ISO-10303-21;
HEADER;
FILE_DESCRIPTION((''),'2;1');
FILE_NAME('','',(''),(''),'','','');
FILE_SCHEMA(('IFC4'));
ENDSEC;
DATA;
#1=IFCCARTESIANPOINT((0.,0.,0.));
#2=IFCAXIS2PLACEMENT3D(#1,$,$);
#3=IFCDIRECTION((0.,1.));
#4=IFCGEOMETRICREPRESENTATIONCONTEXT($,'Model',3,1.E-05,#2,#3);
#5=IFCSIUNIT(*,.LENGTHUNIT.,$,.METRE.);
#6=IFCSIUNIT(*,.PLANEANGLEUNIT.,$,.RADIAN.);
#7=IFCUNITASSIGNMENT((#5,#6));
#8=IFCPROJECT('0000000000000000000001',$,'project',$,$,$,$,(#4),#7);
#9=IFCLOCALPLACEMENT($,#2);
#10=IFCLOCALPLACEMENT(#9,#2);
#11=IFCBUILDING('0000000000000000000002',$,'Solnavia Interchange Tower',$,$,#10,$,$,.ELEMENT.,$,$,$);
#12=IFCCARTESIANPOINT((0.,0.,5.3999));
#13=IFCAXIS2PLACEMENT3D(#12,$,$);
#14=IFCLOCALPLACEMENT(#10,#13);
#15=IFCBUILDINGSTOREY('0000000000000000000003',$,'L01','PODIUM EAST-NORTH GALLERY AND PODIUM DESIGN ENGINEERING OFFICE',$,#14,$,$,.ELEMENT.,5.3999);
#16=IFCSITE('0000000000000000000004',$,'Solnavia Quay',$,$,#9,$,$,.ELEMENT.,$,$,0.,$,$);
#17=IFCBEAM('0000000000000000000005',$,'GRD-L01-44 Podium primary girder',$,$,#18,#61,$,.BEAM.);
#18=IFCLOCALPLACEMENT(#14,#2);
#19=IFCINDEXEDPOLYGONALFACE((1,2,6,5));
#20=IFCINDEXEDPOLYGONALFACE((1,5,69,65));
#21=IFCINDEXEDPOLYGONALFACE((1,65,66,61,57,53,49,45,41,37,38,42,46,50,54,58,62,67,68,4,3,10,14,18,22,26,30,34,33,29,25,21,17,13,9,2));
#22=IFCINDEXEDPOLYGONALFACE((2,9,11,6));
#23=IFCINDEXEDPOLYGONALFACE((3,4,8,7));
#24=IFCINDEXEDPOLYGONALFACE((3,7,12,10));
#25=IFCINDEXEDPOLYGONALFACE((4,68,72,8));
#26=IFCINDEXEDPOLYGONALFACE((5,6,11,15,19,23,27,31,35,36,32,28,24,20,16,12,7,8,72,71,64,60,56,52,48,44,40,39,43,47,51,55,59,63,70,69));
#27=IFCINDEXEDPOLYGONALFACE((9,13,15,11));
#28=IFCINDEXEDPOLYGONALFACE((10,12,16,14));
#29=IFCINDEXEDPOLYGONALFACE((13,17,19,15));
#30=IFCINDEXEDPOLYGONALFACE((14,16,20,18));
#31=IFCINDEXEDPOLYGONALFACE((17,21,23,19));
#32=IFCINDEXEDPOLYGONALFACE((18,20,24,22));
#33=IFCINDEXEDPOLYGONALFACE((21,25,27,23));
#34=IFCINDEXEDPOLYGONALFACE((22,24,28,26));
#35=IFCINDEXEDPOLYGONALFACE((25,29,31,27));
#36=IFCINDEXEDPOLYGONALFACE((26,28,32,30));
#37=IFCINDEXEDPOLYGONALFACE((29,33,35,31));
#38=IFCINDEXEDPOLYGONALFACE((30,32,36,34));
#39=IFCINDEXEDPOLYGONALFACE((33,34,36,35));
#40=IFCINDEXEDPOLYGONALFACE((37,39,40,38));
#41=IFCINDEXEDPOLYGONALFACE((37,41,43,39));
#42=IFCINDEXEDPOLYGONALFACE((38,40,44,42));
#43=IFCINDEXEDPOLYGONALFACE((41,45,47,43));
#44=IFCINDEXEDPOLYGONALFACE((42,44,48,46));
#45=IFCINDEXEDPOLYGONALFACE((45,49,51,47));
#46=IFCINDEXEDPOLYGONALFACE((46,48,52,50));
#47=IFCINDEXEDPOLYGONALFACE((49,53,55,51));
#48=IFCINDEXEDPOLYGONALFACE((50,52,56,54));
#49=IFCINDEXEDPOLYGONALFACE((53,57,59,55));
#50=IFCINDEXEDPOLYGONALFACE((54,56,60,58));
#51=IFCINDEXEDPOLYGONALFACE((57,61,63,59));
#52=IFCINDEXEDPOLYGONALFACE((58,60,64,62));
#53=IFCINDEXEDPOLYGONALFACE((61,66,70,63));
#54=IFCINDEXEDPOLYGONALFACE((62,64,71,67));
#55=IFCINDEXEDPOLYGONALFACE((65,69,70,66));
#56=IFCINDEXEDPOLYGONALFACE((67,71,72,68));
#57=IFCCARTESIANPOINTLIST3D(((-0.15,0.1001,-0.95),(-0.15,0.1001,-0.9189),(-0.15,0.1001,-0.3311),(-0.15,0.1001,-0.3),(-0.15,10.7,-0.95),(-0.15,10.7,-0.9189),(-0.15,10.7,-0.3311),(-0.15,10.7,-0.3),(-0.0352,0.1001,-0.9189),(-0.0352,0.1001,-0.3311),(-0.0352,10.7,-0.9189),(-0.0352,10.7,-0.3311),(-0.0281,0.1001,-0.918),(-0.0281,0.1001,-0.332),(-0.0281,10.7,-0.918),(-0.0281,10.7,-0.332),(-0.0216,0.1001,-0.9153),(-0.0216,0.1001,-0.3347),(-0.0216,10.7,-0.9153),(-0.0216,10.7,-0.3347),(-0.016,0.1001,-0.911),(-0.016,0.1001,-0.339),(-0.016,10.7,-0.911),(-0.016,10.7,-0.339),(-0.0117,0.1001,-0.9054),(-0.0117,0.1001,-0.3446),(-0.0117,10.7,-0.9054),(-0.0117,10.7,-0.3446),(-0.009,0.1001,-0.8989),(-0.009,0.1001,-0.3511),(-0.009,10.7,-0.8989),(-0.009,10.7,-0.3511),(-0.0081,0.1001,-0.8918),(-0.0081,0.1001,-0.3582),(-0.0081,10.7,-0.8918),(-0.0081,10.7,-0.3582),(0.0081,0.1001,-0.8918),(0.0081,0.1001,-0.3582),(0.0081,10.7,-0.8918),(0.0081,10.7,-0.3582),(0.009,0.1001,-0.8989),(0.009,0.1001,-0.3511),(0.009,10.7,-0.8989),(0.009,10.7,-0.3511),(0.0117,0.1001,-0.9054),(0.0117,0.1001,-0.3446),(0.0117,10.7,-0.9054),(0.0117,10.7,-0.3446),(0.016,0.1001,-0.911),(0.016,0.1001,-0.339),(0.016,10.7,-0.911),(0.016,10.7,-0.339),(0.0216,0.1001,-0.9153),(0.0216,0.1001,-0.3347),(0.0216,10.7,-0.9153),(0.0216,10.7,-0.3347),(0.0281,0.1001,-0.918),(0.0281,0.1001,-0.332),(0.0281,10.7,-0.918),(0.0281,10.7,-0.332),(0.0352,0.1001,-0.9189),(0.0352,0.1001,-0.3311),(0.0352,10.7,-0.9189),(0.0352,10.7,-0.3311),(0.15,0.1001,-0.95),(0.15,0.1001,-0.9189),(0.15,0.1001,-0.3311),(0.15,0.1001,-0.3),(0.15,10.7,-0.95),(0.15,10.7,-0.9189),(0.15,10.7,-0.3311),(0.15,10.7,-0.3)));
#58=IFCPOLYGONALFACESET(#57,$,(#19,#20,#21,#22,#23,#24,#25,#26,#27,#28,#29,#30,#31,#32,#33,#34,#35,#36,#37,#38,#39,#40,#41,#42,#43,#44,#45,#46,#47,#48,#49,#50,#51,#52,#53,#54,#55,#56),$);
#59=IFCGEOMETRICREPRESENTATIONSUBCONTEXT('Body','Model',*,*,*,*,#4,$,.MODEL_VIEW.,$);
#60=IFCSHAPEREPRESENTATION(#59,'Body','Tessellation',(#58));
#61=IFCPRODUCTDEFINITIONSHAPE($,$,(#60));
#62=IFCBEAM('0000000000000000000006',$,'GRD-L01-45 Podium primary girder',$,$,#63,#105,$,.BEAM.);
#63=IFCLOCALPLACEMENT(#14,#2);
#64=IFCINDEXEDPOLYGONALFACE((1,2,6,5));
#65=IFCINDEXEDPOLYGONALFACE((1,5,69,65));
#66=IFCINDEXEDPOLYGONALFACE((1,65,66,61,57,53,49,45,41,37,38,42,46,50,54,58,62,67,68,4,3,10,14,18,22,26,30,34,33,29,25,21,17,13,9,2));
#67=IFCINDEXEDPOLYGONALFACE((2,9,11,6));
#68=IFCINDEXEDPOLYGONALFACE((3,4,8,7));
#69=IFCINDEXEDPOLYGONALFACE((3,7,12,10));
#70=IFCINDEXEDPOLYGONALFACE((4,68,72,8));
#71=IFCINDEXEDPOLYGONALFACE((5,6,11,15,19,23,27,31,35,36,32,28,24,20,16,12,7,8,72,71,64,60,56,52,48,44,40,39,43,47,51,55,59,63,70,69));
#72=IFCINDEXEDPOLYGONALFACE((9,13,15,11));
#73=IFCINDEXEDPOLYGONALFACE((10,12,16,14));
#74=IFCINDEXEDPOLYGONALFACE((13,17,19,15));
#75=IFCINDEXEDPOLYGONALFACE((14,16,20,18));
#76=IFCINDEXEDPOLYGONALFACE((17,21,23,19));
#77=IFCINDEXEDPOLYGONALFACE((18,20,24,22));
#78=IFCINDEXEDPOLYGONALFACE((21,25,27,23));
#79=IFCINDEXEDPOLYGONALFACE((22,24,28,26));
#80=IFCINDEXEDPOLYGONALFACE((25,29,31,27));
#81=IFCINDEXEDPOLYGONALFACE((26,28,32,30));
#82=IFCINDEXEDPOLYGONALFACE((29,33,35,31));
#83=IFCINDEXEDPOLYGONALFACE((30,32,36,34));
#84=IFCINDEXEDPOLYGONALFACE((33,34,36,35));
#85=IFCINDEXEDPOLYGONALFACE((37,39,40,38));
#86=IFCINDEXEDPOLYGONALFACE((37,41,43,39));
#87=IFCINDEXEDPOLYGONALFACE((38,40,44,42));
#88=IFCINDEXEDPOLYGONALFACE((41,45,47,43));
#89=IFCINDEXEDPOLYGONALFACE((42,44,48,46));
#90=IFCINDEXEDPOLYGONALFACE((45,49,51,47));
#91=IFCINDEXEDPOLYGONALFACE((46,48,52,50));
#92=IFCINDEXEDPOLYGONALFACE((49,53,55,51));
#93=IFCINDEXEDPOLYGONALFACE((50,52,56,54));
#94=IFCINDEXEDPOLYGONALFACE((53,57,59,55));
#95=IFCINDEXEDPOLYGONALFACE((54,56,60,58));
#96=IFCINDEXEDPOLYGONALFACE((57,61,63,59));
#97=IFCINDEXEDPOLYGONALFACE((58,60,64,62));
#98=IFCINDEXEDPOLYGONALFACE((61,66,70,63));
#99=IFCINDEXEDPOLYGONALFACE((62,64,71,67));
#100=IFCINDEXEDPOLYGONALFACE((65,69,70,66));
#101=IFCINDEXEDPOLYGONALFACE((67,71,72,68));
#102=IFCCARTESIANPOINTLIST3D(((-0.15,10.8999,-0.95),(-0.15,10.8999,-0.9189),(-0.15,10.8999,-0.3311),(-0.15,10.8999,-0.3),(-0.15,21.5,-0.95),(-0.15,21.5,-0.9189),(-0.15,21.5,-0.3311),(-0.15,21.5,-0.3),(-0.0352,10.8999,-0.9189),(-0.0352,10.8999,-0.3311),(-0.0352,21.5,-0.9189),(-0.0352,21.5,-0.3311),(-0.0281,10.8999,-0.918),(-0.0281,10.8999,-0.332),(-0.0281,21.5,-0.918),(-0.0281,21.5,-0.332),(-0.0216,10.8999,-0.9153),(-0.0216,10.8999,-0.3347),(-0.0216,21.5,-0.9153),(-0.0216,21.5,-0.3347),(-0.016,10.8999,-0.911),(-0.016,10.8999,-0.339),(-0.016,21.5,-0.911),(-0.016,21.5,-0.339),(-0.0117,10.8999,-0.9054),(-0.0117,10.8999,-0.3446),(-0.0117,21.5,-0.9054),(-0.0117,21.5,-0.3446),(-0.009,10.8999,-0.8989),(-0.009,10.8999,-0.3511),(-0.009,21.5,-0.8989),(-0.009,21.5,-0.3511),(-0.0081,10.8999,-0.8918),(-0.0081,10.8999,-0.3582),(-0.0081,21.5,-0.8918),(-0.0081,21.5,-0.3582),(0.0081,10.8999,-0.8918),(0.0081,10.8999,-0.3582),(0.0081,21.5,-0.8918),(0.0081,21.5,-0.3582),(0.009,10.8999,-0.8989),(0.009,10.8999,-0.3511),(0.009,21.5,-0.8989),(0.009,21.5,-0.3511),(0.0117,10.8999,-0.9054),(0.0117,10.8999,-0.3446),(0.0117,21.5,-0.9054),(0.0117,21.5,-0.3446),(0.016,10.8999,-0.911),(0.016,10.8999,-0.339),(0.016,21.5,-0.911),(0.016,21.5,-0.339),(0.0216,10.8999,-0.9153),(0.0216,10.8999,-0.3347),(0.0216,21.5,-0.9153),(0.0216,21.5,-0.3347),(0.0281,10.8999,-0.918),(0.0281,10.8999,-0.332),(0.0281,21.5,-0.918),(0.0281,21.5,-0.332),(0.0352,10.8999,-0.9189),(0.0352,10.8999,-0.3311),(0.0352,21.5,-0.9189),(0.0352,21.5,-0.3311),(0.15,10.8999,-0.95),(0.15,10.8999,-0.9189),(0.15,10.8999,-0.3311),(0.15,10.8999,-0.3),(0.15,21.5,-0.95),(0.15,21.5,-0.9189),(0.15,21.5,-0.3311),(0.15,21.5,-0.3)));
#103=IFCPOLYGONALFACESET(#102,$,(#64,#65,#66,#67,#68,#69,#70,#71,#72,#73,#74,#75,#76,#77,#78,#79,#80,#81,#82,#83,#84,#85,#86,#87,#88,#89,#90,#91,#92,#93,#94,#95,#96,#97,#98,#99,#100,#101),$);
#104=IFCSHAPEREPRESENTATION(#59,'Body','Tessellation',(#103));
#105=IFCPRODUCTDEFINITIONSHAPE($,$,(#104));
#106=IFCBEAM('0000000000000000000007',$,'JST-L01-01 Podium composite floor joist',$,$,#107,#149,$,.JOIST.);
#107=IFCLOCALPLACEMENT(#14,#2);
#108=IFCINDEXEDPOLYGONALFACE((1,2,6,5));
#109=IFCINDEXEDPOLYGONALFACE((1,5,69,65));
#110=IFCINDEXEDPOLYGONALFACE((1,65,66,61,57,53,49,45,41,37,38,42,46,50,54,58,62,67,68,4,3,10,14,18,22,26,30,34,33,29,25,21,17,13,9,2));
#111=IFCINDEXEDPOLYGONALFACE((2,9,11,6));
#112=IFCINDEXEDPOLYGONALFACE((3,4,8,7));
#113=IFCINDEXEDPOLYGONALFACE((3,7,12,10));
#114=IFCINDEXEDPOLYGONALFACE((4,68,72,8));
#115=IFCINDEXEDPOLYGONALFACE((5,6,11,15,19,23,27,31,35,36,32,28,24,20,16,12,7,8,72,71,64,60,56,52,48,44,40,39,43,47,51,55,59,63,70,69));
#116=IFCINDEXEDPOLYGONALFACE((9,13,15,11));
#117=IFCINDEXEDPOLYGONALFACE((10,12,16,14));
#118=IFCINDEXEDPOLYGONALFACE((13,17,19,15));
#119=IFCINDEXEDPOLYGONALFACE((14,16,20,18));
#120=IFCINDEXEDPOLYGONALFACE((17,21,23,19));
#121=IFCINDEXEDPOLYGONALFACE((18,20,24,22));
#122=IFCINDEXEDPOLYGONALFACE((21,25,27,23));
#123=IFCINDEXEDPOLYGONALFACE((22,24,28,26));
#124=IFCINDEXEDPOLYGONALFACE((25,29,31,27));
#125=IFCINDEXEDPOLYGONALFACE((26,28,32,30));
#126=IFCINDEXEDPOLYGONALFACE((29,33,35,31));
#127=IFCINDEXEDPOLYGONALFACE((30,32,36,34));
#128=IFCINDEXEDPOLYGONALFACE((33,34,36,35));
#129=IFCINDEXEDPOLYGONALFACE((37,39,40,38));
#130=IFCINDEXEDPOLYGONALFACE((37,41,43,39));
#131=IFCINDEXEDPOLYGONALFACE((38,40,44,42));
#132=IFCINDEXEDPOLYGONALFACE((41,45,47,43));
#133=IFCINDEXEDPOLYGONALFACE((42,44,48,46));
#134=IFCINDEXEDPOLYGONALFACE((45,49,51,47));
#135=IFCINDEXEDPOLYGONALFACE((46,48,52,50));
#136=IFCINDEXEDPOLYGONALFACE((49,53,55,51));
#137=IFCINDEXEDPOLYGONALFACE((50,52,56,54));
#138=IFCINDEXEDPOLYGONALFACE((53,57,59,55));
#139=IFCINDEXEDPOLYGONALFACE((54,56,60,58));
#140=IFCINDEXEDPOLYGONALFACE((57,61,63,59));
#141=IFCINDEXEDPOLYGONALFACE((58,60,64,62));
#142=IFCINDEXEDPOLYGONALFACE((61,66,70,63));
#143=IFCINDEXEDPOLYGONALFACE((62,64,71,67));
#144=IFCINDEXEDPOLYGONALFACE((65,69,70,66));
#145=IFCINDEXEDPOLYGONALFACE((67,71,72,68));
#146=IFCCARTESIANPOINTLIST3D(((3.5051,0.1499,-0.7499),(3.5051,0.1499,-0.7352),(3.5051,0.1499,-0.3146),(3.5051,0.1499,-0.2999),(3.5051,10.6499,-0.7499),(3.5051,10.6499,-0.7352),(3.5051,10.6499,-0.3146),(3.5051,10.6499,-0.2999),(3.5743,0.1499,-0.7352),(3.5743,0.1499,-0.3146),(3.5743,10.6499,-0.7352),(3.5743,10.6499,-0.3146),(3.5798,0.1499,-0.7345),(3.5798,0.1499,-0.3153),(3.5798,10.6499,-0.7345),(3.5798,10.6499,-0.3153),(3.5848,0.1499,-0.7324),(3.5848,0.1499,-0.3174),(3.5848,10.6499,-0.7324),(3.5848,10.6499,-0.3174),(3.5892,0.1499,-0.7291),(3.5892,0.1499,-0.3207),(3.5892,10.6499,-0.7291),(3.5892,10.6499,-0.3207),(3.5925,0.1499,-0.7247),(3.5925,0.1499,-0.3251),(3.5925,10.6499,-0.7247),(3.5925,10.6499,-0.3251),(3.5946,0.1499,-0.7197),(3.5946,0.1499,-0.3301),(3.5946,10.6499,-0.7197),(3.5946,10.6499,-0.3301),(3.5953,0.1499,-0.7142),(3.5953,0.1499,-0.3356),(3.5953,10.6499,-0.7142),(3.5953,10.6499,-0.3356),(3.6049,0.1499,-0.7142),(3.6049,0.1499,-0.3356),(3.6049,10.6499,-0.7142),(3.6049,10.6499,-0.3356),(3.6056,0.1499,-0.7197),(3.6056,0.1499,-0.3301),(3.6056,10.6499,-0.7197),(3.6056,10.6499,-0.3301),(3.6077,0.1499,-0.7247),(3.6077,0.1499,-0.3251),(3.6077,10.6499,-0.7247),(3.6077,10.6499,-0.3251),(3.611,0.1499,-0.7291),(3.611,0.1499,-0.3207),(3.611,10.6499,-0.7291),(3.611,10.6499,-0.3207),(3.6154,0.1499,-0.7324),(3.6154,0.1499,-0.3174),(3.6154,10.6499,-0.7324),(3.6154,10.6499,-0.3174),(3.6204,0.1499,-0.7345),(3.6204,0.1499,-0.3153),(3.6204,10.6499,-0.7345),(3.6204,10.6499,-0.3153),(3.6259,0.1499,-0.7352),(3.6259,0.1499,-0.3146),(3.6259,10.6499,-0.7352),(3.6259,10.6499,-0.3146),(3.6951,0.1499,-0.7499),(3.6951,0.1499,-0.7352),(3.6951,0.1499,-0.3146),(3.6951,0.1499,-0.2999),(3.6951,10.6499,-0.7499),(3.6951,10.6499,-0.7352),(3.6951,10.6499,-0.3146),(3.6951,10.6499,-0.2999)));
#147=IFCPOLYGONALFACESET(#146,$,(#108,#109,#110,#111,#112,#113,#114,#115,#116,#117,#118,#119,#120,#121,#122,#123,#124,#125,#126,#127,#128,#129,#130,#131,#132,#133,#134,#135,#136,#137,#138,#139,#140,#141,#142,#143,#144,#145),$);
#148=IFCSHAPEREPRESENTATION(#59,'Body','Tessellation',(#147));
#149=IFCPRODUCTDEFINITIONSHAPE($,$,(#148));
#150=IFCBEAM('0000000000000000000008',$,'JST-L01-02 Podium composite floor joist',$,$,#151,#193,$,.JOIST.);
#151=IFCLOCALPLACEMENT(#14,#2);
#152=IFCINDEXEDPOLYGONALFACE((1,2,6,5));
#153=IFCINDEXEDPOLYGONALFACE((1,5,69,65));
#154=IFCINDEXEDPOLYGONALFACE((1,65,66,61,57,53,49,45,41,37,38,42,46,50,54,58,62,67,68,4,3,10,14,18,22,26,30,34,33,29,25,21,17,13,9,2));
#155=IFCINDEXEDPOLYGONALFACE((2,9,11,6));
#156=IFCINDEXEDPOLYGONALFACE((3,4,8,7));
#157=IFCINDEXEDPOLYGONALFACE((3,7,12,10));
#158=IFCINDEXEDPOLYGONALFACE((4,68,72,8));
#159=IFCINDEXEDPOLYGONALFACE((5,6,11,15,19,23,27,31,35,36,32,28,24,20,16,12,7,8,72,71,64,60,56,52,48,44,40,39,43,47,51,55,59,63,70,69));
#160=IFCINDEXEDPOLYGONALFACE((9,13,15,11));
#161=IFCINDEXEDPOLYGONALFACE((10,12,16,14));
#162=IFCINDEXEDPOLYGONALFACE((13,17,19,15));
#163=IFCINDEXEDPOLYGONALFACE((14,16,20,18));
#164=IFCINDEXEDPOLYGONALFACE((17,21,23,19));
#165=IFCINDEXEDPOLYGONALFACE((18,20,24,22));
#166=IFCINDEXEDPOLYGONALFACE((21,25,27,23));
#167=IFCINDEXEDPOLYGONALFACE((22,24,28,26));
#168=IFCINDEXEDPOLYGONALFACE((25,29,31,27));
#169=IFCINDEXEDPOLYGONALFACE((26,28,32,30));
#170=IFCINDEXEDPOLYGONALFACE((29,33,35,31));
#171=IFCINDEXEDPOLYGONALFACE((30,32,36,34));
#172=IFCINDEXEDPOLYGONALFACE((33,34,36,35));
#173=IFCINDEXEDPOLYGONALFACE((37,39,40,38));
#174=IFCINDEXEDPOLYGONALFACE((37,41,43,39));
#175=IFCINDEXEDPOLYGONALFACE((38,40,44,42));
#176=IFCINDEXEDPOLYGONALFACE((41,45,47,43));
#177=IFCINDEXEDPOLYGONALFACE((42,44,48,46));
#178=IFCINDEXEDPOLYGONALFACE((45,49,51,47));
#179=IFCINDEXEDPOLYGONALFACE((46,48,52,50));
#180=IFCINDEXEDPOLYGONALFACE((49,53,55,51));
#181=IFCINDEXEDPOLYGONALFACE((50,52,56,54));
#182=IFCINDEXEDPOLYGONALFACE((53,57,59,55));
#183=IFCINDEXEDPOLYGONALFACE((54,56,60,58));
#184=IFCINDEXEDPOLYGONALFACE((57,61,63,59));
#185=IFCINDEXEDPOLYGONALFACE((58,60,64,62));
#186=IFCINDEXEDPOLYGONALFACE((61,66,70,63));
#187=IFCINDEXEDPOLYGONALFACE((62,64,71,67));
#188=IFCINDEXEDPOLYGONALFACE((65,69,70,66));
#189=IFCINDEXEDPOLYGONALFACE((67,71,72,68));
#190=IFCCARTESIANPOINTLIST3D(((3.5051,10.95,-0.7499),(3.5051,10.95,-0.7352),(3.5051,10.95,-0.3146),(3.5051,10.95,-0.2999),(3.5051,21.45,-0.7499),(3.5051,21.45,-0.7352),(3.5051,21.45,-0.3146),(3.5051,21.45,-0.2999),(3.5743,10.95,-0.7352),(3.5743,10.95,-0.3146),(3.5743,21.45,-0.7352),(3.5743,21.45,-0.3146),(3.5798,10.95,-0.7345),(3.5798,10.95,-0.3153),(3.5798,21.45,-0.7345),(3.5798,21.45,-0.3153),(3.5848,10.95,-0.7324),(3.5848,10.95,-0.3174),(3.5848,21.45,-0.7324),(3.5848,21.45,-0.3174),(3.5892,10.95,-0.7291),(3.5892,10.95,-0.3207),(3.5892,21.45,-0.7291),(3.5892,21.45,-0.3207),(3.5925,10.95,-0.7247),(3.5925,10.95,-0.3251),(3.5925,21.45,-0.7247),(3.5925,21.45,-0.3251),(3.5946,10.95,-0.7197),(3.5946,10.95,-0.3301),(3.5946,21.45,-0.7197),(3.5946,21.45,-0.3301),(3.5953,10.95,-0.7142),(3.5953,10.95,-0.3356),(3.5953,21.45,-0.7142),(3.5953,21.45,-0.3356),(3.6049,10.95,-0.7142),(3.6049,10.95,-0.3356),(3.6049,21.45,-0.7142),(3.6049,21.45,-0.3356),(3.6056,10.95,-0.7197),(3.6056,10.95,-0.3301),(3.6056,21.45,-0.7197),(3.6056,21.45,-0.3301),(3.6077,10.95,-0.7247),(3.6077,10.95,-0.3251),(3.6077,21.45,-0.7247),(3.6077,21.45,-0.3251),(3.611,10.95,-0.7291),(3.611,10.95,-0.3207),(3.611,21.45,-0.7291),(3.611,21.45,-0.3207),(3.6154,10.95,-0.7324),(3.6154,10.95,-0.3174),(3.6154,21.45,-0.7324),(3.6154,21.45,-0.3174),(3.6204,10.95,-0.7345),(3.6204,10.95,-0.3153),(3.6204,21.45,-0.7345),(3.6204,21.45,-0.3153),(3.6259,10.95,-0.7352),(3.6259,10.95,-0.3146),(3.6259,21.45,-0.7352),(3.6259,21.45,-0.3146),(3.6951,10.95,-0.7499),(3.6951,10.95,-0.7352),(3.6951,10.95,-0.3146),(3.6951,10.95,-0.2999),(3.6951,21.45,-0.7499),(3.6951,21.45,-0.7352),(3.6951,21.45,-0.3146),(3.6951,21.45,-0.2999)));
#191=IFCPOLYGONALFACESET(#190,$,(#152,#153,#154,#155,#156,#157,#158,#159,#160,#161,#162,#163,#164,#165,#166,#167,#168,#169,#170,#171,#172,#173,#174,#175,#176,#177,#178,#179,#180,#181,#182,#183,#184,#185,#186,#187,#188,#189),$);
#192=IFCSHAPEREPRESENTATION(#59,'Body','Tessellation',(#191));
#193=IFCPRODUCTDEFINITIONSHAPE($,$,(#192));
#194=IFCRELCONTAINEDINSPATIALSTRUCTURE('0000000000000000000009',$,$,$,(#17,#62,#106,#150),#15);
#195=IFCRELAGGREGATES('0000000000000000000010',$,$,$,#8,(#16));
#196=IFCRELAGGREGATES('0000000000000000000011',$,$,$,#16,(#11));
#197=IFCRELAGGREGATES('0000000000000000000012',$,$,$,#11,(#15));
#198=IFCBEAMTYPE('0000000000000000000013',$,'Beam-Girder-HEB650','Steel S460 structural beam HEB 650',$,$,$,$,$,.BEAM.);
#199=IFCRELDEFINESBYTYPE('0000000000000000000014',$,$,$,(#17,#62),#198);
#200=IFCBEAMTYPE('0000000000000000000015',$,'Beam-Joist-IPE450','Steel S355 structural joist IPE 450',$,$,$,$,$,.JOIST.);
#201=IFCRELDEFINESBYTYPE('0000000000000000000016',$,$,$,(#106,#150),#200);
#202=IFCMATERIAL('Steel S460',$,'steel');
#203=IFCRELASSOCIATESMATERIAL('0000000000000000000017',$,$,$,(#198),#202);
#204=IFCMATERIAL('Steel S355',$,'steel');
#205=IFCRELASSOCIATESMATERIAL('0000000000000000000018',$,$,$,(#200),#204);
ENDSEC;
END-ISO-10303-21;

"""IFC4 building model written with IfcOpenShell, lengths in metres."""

from ifc_helpers import new_model, si_unit, direction, frame, origin, origin_2d, place, context, subcontext, project, spatial, i_section, extrude, material, material_profile, profile_set, type_object, element, save


model = new_model("IFC4")

# Units and contexts
model_context = context("Model", 3, precision=1e-05, world=origin(), true_north=direction((0.0, 1.0)))
body_context = subcontext(model_context, "Body", "Model", "MODEL_VIEW")
ifc_project = project(units=[si_unit("LENGTHUNIT", "METRE"), si_unit("PLANEANGLEUNIT", "RADIAN")], contexts=[model_context])

# Site, building, storey
site_placement = place(None, origin())
site = spatial("IfcSite", under=ifc_project, at=site_placement, Name="Solnavia Quay", CompositionType="ELEMENT", RefElevation=0.0)
building_placement = place(site_placement, origin())
building = spatial("IfcBuilding", under=site, at=building_placement, Name="Solnavia Interchange Tower", CompositionType="ELEMENT")
storey_placement = place(building_placement, frame((0.0, 0.0, 5.3999)))
storey = spatial("IfcBuildingStorey", under=building, at=storey_placement, Name="L01", Description="PODIUM EAST-NORTH GALLERY AND PODIUM DESIGN ENGINEERING OFFICE", CompositionType="ELEMENT", Elevation=5.3999)

# Beams
ifc_material_1 = material(Name="Steel S460", Category="steel")
ifc_material_profile_1 = material_profile(ifc_material_1, i_section(OverallWidth=0.3, OverallDepth=0.6499, WebThickness=0.0161, FlangeThickness=0.031, FilletRadius=0.0271, at=origin_2d()), Name="HEB 650")
ifc_profile_set_1 = profile_set([ifc_material_profile_1], Name="Steel S460")
beam_type_1 = type_object("IfcBeamType", Name="Beam-Girder-HEB650", Description="Steel S460 structural beam HEB 650", PredefinedType="BEAM", material=ifc_profile_set_1)
for number, where, z_axis, x_axis, name in (
    (1, (0.0, 0.1001, -0.625), (0.0, 1.0, 0.0), (-1.0, 0.0, 0.0), "GRD-L01-44 Podium primary girder"),
):
    element("IfcBeam", number, at=place(storey_placement, frame(where, z_axis=z_axis, x_axis=x_axis)), inside=storey, type_object=beam_type_1, Name=name, PredefinedType="BEAM", context=body_context, shape_type="SweptSolid", body=[
        extrude(i_section(OverallWidth=0.3, OverallDepth=0.6499, WebThickness=0.0161, FlangeThickness=0.031, FilletRadius=0.0271, at=origin_2d()), origin(), (0.0, 0.0, 1.0), 10.5999),
    ])
beam_placement = place(storey_placement, frame((0.0, 10.8999, -0.625), z_axis=(0.0, 1.0, 0.0), x_axis=(-1.0, 0.0, 0.0)))
element("IfcBeam", 2, at=beam_placement, inside=storey, type_object=beam_type_1, Name="GRD-L01-45 Podium primary girder", PredefinedType="BEAM", context=body_context, shape_type="SweptSolid", body=[
    extrude(i_section(OverallWidth=0.3, OverallDepth=0.6499, WebThickness=0.0161, FlangeThickness=0.031, FilletRadius=0.0271, at=origin_2d()), origin(), (0.0, 0.0, 1.0), 10.6001),
])
ifc_material_2 = material(Name="Steel S355", Category="steel")
ifc_material_profile_2 = material_profile(ifc_material_2, i_section(OverallWidth=0.1899, OverallDepth=0.45, WebThickness=0.0095, FlangeThickness=0.0146, FilletRadius=0.021, at=origin_2d()), Name="IPE 450")
ifc_profile_set_2 = profile_set([ifc_material_profile_2], Name="Steel S355")
beam_type_2 = type_object("IfcBeamType", Name="Beam-Joist-IPE450", Description="Steel S355 structural joist IPE 450", PredefinedType="JOIST", material=ifc_profile_set_2)
for number, where, z_axis, x_axis, name in (
    (3, (3.6001, 0.1499, -0.5249), (0.0, 1.0, 0.0), (-1.0, 0.0, 0.0), "JST-L01-01 Podium composite floor joist"),
    (4, (3.6001, 10.95, -0.5249), (0.0, 1.0, 0.0), (-1.0, 0.0, 0.0), "JST-L01-02 Podium composite floor joist"),
):
    element("IfcBeam", number, at=place(storey_placement, frame(where, z_axis=z_axis, x_axis=x_axis)), inside=storey, type_object=beam_type_2, Name=name, PredefinedType="JOIST", context=body_context, shape_type="SweptSolid", body=[
        extrude(i_section(OverallWidth=0.1899, OverallDepth=0.45, WebThickness=0.0095, FlangeThickness=0.0146, FilletRadius=0.021, at=origin_2d()), origin(), (0.0, 0.0, 1.0), 10.5),
    ])

save(model, "model.ifc")
